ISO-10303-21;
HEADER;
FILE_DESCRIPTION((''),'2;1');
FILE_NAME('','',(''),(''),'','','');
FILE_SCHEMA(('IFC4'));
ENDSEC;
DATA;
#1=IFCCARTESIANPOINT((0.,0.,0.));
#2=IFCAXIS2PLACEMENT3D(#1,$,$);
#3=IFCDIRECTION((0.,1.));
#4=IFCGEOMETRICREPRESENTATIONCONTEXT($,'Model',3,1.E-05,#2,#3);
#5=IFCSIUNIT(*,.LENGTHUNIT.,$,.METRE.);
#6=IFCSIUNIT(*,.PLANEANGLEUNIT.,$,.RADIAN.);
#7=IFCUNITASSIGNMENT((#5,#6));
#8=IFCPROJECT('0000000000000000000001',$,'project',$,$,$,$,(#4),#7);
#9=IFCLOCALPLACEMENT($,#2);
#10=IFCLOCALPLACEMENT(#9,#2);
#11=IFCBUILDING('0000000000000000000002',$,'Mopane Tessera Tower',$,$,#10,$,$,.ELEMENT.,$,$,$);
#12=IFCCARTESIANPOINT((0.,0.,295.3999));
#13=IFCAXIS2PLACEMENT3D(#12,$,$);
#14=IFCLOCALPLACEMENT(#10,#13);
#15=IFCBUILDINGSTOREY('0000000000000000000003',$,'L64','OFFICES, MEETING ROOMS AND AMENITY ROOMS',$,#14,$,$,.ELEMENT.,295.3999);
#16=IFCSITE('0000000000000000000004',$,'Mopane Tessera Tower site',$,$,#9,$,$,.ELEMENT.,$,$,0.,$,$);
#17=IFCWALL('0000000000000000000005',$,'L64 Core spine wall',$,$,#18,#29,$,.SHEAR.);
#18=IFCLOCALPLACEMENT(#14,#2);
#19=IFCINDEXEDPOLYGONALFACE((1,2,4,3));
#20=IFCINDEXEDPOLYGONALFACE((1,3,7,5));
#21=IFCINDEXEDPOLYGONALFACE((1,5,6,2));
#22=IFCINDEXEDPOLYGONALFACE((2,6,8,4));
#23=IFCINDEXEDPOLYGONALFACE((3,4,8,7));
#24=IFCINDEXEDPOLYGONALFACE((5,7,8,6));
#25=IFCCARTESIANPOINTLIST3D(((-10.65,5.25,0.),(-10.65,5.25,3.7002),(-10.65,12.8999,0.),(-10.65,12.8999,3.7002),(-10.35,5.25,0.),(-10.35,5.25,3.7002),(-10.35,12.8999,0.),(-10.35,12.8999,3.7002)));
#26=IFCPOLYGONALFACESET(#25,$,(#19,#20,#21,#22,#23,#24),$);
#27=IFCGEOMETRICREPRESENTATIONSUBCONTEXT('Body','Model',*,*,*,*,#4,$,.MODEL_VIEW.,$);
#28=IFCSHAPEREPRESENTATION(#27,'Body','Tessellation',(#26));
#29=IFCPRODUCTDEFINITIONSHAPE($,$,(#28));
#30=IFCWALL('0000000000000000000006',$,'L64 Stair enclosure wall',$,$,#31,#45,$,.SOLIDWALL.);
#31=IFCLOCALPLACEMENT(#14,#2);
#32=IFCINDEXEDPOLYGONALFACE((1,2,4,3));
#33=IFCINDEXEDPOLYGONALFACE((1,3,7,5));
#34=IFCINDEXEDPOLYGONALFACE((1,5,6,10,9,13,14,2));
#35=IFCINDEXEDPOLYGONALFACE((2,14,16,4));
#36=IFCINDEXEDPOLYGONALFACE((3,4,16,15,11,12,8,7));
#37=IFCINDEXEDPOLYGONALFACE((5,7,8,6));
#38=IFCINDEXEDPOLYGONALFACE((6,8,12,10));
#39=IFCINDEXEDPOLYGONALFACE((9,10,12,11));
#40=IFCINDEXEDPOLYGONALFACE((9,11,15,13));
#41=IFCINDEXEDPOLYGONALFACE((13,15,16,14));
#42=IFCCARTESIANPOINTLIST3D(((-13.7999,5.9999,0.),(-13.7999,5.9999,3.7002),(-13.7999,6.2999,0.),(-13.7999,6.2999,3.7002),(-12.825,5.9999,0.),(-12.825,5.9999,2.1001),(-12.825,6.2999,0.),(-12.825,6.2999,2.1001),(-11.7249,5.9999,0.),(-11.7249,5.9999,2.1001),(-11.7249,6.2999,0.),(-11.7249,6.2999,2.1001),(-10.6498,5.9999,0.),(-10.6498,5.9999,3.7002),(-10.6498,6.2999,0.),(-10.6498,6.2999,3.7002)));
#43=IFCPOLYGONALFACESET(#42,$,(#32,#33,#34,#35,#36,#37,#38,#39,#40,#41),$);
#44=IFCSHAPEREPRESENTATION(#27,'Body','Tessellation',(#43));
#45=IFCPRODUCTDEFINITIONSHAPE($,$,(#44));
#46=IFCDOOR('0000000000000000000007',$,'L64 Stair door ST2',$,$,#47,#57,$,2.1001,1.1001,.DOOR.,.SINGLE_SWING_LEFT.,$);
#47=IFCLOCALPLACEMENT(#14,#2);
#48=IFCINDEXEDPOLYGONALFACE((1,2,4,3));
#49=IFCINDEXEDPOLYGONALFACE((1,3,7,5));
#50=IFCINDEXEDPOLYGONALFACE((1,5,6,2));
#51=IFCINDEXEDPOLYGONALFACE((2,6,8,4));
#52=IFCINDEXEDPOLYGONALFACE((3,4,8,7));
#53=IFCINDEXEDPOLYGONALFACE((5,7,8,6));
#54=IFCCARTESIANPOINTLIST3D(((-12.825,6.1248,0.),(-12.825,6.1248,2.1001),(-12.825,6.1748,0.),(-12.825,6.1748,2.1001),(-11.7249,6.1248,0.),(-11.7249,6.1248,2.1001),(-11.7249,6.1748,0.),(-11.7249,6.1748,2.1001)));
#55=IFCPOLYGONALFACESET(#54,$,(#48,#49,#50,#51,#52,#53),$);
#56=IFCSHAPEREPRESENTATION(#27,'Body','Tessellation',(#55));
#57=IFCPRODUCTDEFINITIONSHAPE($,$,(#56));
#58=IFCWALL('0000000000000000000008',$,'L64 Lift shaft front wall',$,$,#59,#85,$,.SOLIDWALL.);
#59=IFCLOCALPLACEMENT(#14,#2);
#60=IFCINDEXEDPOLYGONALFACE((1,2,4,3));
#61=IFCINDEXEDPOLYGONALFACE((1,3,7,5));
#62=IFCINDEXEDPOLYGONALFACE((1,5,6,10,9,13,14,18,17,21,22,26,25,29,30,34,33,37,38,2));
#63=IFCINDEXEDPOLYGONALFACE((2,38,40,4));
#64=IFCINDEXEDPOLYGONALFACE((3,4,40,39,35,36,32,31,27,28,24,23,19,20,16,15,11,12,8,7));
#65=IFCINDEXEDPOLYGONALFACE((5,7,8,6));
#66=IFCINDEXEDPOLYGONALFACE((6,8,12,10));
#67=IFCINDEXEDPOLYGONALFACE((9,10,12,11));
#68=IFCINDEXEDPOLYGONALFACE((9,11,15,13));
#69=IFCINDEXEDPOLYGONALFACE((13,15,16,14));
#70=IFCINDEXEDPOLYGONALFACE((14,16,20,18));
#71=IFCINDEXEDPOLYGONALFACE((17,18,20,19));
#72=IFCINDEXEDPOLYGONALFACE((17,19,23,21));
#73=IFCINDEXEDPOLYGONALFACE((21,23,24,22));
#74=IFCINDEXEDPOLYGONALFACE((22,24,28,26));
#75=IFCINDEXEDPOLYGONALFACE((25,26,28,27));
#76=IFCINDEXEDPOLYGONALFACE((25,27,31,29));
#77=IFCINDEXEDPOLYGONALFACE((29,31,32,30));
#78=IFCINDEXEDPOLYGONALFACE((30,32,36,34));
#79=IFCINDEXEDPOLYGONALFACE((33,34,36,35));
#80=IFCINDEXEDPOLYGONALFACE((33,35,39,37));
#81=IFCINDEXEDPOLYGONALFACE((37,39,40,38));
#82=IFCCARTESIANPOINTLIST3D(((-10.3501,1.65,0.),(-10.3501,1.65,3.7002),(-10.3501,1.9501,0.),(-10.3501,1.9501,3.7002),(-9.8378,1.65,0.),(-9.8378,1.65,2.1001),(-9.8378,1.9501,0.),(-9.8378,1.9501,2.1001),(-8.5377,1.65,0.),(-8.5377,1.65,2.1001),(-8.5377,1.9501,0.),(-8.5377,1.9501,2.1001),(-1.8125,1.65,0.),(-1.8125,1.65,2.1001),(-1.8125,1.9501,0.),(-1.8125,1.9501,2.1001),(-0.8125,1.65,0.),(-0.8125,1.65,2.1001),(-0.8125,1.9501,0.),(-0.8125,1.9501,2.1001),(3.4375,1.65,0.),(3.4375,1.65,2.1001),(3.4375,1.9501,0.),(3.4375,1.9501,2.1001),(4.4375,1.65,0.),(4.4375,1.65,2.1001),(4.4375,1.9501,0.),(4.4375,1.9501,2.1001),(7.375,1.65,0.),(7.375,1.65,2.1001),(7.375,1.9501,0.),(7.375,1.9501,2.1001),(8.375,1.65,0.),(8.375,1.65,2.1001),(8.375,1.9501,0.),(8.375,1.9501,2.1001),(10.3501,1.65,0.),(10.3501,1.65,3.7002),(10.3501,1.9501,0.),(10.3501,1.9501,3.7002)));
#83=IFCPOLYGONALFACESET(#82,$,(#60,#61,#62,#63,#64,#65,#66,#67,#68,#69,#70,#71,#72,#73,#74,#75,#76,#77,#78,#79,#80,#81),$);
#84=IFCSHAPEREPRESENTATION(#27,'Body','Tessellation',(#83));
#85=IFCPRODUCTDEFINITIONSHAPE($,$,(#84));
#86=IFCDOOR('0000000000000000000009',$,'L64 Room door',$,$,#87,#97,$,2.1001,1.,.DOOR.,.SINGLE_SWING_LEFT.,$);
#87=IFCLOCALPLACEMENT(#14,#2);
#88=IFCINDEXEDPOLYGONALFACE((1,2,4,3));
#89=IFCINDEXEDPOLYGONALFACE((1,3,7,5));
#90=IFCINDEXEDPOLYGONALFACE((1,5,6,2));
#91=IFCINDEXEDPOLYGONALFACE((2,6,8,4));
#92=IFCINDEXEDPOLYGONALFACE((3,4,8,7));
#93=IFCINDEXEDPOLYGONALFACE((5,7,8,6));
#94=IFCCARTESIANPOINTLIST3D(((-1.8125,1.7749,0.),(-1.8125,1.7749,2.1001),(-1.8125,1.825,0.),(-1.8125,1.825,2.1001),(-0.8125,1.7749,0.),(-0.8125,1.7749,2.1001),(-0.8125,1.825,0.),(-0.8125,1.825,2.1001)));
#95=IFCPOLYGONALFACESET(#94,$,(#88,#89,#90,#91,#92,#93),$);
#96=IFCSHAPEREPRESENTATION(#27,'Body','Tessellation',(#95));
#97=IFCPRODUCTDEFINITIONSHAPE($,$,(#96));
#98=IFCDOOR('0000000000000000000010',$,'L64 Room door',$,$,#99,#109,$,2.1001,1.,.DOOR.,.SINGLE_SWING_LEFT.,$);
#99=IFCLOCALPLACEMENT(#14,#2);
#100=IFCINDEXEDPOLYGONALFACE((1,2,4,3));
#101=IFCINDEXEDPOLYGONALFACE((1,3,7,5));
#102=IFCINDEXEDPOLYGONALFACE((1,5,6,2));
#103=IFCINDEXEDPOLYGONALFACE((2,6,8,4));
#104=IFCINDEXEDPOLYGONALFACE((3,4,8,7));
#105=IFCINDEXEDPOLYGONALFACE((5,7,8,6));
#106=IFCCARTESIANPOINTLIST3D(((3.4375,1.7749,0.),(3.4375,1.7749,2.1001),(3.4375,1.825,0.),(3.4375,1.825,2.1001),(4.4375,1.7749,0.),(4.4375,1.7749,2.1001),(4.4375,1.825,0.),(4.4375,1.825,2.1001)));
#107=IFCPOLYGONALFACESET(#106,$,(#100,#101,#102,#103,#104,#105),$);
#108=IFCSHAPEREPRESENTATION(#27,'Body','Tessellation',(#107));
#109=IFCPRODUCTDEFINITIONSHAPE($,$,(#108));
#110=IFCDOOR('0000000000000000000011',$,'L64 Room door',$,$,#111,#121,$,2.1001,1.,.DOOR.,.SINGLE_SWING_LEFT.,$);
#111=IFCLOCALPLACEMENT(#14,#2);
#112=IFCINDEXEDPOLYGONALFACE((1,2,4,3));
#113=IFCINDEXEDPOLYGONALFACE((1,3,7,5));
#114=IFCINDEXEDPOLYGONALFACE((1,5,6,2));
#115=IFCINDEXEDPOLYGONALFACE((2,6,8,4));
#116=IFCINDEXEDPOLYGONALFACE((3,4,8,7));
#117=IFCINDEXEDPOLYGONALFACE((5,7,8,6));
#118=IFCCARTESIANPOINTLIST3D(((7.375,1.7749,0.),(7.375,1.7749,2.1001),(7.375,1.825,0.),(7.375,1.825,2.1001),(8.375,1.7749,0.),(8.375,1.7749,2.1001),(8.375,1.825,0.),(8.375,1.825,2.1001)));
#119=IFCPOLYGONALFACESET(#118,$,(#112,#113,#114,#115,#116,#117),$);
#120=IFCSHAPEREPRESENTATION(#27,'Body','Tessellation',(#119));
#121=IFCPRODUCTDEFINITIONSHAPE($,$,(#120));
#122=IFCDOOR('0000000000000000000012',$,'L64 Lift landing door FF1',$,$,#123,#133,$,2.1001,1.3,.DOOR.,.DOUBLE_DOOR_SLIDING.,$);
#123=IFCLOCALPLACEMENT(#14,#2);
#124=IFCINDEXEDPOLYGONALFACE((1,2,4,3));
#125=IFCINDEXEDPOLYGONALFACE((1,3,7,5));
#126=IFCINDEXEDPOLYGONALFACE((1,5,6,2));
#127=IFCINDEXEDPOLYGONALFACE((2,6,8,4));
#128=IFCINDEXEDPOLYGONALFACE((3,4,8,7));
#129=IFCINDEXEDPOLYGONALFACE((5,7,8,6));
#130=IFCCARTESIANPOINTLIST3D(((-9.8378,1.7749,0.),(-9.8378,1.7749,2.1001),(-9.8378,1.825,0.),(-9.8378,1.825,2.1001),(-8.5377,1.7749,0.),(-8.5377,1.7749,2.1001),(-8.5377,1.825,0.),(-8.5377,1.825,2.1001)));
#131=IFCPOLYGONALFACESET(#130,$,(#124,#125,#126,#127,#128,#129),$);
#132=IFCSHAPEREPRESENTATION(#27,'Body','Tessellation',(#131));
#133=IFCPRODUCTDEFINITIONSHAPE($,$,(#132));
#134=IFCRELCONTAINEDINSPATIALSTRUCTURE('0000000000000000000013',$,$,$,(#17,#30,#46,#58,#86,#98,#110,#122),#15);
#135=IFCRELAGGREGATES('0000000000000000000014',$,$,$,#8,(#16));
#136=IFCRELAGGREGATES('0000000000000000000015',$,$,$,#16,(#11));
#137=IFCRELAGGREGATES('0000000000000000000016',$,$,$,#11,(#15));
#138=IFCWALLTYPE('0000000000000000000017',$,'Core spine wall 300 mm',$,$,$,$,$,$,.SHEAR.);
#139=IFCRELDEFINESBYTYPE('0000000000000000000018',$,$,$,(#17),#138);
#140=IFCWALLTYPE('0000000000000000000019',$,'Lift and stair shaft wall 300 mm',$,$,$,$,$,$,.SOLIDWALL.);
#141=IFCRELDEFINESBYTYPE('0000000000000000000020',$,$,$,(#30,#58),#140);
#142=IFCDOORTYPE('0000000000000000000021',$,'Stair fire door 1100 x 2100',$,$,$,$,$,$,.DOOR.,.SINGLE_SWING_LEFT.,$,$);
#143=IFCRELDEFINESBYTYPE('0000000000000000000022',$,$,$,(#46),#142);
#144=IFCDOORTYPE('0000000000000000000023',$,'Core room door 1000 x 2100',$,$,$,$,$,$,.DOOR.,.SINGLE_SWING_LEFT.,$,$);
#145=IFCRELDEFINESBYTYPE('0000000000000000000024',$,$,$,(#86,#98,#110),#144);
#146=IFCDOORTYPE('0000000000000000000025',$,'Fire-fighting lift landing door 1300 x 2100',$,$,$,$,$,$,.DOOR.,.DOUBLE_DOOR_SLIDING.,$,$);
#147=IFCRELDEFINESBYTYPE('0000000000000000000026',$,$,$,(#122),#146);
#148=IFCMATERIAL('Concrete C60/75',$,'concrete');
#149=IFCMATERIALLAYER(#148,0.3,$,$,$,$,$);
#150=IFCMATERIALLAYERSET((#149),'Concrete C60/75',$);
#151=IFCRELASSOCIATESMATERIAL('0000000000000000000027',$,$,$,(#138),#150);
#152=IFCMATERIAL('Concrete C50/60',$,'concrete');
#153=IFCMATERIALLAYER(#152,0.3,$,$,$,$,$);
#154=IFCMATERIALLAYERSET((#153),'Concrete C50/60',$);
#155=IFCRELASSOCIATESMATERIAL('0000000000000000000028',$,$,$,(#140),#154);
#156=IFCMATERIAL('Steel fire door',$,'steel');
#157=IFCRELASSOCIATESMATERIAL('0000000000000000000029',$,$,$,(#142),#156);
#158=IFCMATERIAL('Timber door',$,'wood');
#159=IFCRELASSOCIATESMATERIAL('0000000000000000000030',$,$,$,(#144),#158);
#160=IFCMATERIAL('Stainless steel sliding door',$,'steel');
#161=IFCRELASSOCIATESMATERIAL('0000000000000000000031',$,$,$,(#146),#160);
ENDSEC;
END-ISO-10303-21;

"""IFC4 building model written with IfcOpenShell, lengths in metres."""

from ifc_helpers import new_model, si_unit, direction, frame, frame_2d, origin, place, context, subcontext, project, spatial, rectangle, extrude, material, layer, layer_set, type_object, element, fill, save


model = new_model("IFC4")

# Units and contexts
model_context = context("Model", 3, precision=1e-05, world=origin(), true_north=direction((0.0, 1.0)))
body_context = subcontext(model_context, "Body", "Model", "MODEL_VIEW")
ifc_project = project(units=[si_unit("LENGTHUNIT", "METRE"), si_unit("PLANEANGLEUNIT", "RADIAN")], contexts=[model_context])

# Site, building, storey
site_placement = place(None, origin())
site = spatial("IfcSite", under=ifc_project, at=site_placement, Name="Mopane Tessera Tower site", CompositionType="ELEMENT", RefElevation=0.0)
building_placement = place(site_placement, origin())
building = spatial("IfcBuilding", under=site, at=building_placement, Name="Mopane Tessera Tower", CompositionType="ELEMENT")
storey_placement = place(building_placement, frame((0.0, 0.0, 295.3999)))
storey = spatial("IfcBuildingStorey", under=building, at=storey_placement, Name="L64", Description="OFFICES, MEETING ROOMS AND AMENITY ROOMS", CompositionType="ELEMENT", Elevation=295.3999)

# Wall
ifc_material_1 = material(Name="Concrete C60/75", Category="concrete")
ifc_layer_1 = layer(ifc_material_1, 0.3)
ifc_layer_set_1 = layer_set([ifc_layer_1], Name="Concrete C60/75")
wall_type_1 = type_object("IfcWallType", Name="Core spine wall 300 mm", PredefinedType="SHEAR", material=ifc_layer_set_1)
wall_1_placement = place(storey_placement, frame((-10.5, 5.25, 0.0), z_axis=(0.0, 0.0, 1.0), x_axis=(0.0, 1.0, 0.0)))
element("IfcWall", 1, at=wall_1_placement, inside=storey, type_object=wall_type_1, Name="L64 Core spine wall", PredefinedType="SHEAR", context=body_context, shape_type="SweptSolid", body=[
    extrude(rectangle(XDim=7.6499, YDim=0.3, at=frame_2d((3.825, 0.0))), origin(), (0.0, 0.0, 1.0), 3.7002),
])

# Wall, opening, door
ifc_material_2 = material(Name="Concrete C50/60", Category="concrete")
ifc_layer_2 = layer(ifc_material_2, 0.3)
ifc_layer_set_2 = layer_set([ifc_layer_2], Name="Concrete C50/60")
wall_type_2 = type_object("IfcWallType", Name="Lift and stair shaft wall 300 mm", PredefinedType="SOLIDWALL", material=ifc_layer_set_2)
wall_2_placement = place(storey_placement, frame((-13.8, 6.1499, 0.0), z_axis=(0.0, 0.0, 1.0), x_axis=(1.0, 0.0, 0.0)))
wall_2 = element("IfcWall", 2, at=wall_2_placement, inside=storey, type_object=wall_type_2, Name="L64 Stair enclosure wall", PredefinedType="SOLIDWALL", context=body_context, shape_type="SweptSolid", body=[
    extrude(rectangle(XDim=3.1501, YDim=0.3, at=frame_2d((1.5752, 0.0))), origin(), (0.0, 0.0, 1.0), 3.7002),
])
opening_1_placement = place(wall_2_placement, frame((0.9751, 0.0, 0.0)))
opening_1 = element("IfcOpeningElement", 3, at=opening_1_placement, cuts=wall_2, PredefinedType="OPENING", context=body_context, shape_type="SweptSolid", body=[
    extrude(rectangle(XDim=1.1001, YDim=2.1001, at=frame_2d((0.55, 1.05))), frame((0.0, 0.1621, 0.0), z_axis=(0.0, -1.0, 0.0), x_axis=(1.0, 0.0, 0.0)), (0.0, 0.0, 1.0), 0.324),
])
ifc_material_3 = material(Name="Steel fire door", Category="steel")
door_type_1 = type_object("IfcDoorType", Name="Stair fire door 1100 x 2100", OperationType="SINGLE_SWING_LEFT", PredefinedType="DOOR", material=ifc_material_3)
door_1_placement = place(opening_1_placement, origin())
door_1 = element("IfcDoor", 4, at=door_1_placement, inside=storey, type_object=door_type_1, Name="L64 Stair door ST2", OperationType="SINGLE_SWING_LEFT", OverallHeight=2.1001, OverallWidth=1.1001, PredefinedType="DOOR", context=body_context, shape_type="SweptSolid", body=[
    extrude(rectangle(XDim=1.1001, YDim=2.1001, at=frame_2d((0.55, 1.05))), frame((0.0, 0.0249, 0.0), z_axis=(0.0, -1.0, 0.0), x_axis=(1.0, 0.0, 0.0)), (0.0, 0.0, 1.0), 0.05),
])
fill(opening_1, door_1)

# Wall, openings, doors
wall_3_placement = place(storey_placement, frame((-10.3501, 1.8, 0.0), z_axis=(0.0, 0.0, 1.0), x_axis=(1.0, 0.0, 0.0)))
wall_3 = element("IfcWall", 5, at=wall_3_placement, inside=storey, type_object=wall_type_2, Name="L64 Lift shaft front wall", PredefinedType="SOLIDWALL", context=body_context, shape_type="SweptSolid", body=[
    extrude(rectangle(XDim=20.7002, YDim=0.3, at=frame_2d((10.3501, 0.0))), origin(), (0.0, 0.0, 1.0), 3.7002),
])
opening_2_placement = place(wall_3_placement, frame((0.5125, 0.0, 0.0)))
opening_2 = element("IfcOpeningElement", 6, at=opening_2_placement, cuts=wall_3, PredefinedType="OPENING", context=body_context, shape_type="SweptSolid", body=[
    extrude(rectangle(XDim=1.3, YDim=2.1001, at=frame_2d((0.6499, 1.05))), frame((0.0, 0.1621, 0.0), z_axis=(0.0, -1.0, 0.0), x_axis=(1.0, 0.0, 0.0)), (0.0, 0.0, 1.0), 0.324),
])
opening_3_placement = place(wall_3_placement, frame((8.5376, 0.0, 0.0)))
opening_3 = element("IfcOpeningElement", 7, at=opening_3_placement, cuts=wall_3, PredefinedType="OPENING", context=body_context, shape_type="SweptSolid", body=[
    extrude(rectangle(XDim=1.0, YDim=2.1001, at=frame_2d((0.5, 1.05))), frame((0.0, 0.1621, 0.0), z_axis=(0.0, -1.0, 0.0), x_axis=(1.0, 0.0, 0.0)), (0.0, 0.0, 1.0), 0.324),
])
opening_4_placement = place(wall_3_placement, frame((13.7876, 0.0, 0.0)))
opening_4 = element("IfcOpeningElement", 8, at=opening_4_placement, cuts=wall_3, PredefinedType="OPENING", context=body_context, shape_type="SweptSolid", body=[
    extrude(rectangle(XDim=1.0, YDim=2.1001, at=frame_2d((0.5, 1.05))), frame((0.0, 0.1621, 0.0), z_axis=(0.0, -1.0, 0.0), x_axis=(1.0, 0.0, 0.0)), (0.0, 0.0, 1.0), 0.324),
])
opening_5_placement = place(wall_3_placement, frame((17.7251, 0.0, 0.0)))
opening_5 = element("IfcOpeningElement", 9, at=opening_5_placement, cuts=wall_3, PredefinedType="OPENING", context=body_context, shape_type="SweptSolid", body=[
    extrude(rectangle(XDim=1.0, YDim=2.1001, at=frame_2d((0.5, 1.05))), frame((0.0, 0.1621, 0.0), z_axis=(0.0, -1.0, 0.0), x_axis=(1.0, 0.0, 0.0)), (0.0, 0.0, 1.0), 0.324),
])
ifc_material_4 = material(Name="Timber door", Category="wood")
door_type_2 = type_object("IfcDoorType", Name="Core room door 1000 x 2100", OperationType="SINGLE_SWING_LEFT", PredefinedType="DOOR", material=ifc_material_4)
door_2_placement = place(opening_3_placement, origin())
door_2 = element("IfcDoor", 10, at=door_2_placement, inside=storey, type_object=door_type_2, Name="L64 Room door", OperationType="SINGLE_SWING_LEFT", OverallHeight=2.1001, OverallWidth=1.0, PredefinedType="DOOR", context=body_context, shape_type="SweptSolid", body=[
    extrude(rectangle(XDim=1.0, YDim=2.1001, at=frame_2d((0.5, 1.05))), frame((0.0, 0.0249, 0.0), z_axis=(0.0, -1.0, 0.0), x_axis=(1.0, 0.0, 0.0)), (0.0, 0.0, 1.0), 0.05),
])
fill(opening_3, door_2)
door_3_placement = place(opening_4_placement, origin())
door_3 = element("IfcDoor", 11, at=door_3_placement, inside=storey, type_object=door_type_2, Name="L64 Room door", OperationType="SINGLE_SWING_LEFT", OverallHeight=2.1001, OverallWidth=1.0, PredefinedType="DOOR", context=body_context, shape_type="SweptSolid", body=[
    extrude(rectangle(XDim=1.0, YDim=2.1001, at=frame_2d((0.5, 1.05))), frame((0.0, 0.0249, 0.0), z_axis=(0.0, -1.0, 0.0), x_axis=(1.0, 0.0, 0.0)), (0.0, 0.0, 1.0), 0.05),
])
fill(opening_4, door_3)
door_4_placement = place(opening_5_placement, origin())
door_4 = element("IfcDoor", 12, at=door_4_placement, inside=storey, type_object=door_type_2, Name="L64 Room door", OperationType="SINGLE_SWING_LEFT", OverallHeight=2.1001, OverallWidth=1.0, PredefinedType="DOOR", context=body_context, shape_type="SweptSolid", body=[
    extrude(rectangle(XDim=1.0, YDim=2.1001, at=frame_2d((0.5, 1.05))), frame((0.0, 0.0249, 0.0), z_axis=(0.0, -1.0, 0.0), x_axis=(1.0, 0.0, 0.0)), (0.0, 0.0, 1.0), 0.05),
])
fill(opening_5, door_4)
ifc_material_5 = material(Name="Stainless steel sliding door", Category="steel")
door_type_3 = type_object("IfcDoorType", Name="Fire-fighting lift landing door 1300 x 2100", OperationType="DOUBLE_DOOR_SLIDING", PredefinedType="DOOR", material=ifc_material_5)
door_5_placement = place(opening_2_placement, origin())
door_5 = element("IfcDoor", 13, at=door_5_placement, inside=storey, type_object=door_type_3, Name="L64 Lift landing door FF1", OperationType="DOUBLE_DOOR_SLIDING", OverallHeight=2.1001, OverallWidth=1.3, PredefinedType="DOOR", context=body_context, shape_type="SweptSolid", body=[
    extrude(rectangle(XDim=1.3, YDim=2.1001, at=frame_2d((0.6499, 1.05))), frame((0.0, 0.0249, 0.0), z_axis=(0.0, -1.0, 0.0), x_axis=(1.0, 0.0, 0.0)), (0.0, 0.0, 1.0), 0.05),
])
fill(opening_2, door_5)

save(model, "model.ifc")
